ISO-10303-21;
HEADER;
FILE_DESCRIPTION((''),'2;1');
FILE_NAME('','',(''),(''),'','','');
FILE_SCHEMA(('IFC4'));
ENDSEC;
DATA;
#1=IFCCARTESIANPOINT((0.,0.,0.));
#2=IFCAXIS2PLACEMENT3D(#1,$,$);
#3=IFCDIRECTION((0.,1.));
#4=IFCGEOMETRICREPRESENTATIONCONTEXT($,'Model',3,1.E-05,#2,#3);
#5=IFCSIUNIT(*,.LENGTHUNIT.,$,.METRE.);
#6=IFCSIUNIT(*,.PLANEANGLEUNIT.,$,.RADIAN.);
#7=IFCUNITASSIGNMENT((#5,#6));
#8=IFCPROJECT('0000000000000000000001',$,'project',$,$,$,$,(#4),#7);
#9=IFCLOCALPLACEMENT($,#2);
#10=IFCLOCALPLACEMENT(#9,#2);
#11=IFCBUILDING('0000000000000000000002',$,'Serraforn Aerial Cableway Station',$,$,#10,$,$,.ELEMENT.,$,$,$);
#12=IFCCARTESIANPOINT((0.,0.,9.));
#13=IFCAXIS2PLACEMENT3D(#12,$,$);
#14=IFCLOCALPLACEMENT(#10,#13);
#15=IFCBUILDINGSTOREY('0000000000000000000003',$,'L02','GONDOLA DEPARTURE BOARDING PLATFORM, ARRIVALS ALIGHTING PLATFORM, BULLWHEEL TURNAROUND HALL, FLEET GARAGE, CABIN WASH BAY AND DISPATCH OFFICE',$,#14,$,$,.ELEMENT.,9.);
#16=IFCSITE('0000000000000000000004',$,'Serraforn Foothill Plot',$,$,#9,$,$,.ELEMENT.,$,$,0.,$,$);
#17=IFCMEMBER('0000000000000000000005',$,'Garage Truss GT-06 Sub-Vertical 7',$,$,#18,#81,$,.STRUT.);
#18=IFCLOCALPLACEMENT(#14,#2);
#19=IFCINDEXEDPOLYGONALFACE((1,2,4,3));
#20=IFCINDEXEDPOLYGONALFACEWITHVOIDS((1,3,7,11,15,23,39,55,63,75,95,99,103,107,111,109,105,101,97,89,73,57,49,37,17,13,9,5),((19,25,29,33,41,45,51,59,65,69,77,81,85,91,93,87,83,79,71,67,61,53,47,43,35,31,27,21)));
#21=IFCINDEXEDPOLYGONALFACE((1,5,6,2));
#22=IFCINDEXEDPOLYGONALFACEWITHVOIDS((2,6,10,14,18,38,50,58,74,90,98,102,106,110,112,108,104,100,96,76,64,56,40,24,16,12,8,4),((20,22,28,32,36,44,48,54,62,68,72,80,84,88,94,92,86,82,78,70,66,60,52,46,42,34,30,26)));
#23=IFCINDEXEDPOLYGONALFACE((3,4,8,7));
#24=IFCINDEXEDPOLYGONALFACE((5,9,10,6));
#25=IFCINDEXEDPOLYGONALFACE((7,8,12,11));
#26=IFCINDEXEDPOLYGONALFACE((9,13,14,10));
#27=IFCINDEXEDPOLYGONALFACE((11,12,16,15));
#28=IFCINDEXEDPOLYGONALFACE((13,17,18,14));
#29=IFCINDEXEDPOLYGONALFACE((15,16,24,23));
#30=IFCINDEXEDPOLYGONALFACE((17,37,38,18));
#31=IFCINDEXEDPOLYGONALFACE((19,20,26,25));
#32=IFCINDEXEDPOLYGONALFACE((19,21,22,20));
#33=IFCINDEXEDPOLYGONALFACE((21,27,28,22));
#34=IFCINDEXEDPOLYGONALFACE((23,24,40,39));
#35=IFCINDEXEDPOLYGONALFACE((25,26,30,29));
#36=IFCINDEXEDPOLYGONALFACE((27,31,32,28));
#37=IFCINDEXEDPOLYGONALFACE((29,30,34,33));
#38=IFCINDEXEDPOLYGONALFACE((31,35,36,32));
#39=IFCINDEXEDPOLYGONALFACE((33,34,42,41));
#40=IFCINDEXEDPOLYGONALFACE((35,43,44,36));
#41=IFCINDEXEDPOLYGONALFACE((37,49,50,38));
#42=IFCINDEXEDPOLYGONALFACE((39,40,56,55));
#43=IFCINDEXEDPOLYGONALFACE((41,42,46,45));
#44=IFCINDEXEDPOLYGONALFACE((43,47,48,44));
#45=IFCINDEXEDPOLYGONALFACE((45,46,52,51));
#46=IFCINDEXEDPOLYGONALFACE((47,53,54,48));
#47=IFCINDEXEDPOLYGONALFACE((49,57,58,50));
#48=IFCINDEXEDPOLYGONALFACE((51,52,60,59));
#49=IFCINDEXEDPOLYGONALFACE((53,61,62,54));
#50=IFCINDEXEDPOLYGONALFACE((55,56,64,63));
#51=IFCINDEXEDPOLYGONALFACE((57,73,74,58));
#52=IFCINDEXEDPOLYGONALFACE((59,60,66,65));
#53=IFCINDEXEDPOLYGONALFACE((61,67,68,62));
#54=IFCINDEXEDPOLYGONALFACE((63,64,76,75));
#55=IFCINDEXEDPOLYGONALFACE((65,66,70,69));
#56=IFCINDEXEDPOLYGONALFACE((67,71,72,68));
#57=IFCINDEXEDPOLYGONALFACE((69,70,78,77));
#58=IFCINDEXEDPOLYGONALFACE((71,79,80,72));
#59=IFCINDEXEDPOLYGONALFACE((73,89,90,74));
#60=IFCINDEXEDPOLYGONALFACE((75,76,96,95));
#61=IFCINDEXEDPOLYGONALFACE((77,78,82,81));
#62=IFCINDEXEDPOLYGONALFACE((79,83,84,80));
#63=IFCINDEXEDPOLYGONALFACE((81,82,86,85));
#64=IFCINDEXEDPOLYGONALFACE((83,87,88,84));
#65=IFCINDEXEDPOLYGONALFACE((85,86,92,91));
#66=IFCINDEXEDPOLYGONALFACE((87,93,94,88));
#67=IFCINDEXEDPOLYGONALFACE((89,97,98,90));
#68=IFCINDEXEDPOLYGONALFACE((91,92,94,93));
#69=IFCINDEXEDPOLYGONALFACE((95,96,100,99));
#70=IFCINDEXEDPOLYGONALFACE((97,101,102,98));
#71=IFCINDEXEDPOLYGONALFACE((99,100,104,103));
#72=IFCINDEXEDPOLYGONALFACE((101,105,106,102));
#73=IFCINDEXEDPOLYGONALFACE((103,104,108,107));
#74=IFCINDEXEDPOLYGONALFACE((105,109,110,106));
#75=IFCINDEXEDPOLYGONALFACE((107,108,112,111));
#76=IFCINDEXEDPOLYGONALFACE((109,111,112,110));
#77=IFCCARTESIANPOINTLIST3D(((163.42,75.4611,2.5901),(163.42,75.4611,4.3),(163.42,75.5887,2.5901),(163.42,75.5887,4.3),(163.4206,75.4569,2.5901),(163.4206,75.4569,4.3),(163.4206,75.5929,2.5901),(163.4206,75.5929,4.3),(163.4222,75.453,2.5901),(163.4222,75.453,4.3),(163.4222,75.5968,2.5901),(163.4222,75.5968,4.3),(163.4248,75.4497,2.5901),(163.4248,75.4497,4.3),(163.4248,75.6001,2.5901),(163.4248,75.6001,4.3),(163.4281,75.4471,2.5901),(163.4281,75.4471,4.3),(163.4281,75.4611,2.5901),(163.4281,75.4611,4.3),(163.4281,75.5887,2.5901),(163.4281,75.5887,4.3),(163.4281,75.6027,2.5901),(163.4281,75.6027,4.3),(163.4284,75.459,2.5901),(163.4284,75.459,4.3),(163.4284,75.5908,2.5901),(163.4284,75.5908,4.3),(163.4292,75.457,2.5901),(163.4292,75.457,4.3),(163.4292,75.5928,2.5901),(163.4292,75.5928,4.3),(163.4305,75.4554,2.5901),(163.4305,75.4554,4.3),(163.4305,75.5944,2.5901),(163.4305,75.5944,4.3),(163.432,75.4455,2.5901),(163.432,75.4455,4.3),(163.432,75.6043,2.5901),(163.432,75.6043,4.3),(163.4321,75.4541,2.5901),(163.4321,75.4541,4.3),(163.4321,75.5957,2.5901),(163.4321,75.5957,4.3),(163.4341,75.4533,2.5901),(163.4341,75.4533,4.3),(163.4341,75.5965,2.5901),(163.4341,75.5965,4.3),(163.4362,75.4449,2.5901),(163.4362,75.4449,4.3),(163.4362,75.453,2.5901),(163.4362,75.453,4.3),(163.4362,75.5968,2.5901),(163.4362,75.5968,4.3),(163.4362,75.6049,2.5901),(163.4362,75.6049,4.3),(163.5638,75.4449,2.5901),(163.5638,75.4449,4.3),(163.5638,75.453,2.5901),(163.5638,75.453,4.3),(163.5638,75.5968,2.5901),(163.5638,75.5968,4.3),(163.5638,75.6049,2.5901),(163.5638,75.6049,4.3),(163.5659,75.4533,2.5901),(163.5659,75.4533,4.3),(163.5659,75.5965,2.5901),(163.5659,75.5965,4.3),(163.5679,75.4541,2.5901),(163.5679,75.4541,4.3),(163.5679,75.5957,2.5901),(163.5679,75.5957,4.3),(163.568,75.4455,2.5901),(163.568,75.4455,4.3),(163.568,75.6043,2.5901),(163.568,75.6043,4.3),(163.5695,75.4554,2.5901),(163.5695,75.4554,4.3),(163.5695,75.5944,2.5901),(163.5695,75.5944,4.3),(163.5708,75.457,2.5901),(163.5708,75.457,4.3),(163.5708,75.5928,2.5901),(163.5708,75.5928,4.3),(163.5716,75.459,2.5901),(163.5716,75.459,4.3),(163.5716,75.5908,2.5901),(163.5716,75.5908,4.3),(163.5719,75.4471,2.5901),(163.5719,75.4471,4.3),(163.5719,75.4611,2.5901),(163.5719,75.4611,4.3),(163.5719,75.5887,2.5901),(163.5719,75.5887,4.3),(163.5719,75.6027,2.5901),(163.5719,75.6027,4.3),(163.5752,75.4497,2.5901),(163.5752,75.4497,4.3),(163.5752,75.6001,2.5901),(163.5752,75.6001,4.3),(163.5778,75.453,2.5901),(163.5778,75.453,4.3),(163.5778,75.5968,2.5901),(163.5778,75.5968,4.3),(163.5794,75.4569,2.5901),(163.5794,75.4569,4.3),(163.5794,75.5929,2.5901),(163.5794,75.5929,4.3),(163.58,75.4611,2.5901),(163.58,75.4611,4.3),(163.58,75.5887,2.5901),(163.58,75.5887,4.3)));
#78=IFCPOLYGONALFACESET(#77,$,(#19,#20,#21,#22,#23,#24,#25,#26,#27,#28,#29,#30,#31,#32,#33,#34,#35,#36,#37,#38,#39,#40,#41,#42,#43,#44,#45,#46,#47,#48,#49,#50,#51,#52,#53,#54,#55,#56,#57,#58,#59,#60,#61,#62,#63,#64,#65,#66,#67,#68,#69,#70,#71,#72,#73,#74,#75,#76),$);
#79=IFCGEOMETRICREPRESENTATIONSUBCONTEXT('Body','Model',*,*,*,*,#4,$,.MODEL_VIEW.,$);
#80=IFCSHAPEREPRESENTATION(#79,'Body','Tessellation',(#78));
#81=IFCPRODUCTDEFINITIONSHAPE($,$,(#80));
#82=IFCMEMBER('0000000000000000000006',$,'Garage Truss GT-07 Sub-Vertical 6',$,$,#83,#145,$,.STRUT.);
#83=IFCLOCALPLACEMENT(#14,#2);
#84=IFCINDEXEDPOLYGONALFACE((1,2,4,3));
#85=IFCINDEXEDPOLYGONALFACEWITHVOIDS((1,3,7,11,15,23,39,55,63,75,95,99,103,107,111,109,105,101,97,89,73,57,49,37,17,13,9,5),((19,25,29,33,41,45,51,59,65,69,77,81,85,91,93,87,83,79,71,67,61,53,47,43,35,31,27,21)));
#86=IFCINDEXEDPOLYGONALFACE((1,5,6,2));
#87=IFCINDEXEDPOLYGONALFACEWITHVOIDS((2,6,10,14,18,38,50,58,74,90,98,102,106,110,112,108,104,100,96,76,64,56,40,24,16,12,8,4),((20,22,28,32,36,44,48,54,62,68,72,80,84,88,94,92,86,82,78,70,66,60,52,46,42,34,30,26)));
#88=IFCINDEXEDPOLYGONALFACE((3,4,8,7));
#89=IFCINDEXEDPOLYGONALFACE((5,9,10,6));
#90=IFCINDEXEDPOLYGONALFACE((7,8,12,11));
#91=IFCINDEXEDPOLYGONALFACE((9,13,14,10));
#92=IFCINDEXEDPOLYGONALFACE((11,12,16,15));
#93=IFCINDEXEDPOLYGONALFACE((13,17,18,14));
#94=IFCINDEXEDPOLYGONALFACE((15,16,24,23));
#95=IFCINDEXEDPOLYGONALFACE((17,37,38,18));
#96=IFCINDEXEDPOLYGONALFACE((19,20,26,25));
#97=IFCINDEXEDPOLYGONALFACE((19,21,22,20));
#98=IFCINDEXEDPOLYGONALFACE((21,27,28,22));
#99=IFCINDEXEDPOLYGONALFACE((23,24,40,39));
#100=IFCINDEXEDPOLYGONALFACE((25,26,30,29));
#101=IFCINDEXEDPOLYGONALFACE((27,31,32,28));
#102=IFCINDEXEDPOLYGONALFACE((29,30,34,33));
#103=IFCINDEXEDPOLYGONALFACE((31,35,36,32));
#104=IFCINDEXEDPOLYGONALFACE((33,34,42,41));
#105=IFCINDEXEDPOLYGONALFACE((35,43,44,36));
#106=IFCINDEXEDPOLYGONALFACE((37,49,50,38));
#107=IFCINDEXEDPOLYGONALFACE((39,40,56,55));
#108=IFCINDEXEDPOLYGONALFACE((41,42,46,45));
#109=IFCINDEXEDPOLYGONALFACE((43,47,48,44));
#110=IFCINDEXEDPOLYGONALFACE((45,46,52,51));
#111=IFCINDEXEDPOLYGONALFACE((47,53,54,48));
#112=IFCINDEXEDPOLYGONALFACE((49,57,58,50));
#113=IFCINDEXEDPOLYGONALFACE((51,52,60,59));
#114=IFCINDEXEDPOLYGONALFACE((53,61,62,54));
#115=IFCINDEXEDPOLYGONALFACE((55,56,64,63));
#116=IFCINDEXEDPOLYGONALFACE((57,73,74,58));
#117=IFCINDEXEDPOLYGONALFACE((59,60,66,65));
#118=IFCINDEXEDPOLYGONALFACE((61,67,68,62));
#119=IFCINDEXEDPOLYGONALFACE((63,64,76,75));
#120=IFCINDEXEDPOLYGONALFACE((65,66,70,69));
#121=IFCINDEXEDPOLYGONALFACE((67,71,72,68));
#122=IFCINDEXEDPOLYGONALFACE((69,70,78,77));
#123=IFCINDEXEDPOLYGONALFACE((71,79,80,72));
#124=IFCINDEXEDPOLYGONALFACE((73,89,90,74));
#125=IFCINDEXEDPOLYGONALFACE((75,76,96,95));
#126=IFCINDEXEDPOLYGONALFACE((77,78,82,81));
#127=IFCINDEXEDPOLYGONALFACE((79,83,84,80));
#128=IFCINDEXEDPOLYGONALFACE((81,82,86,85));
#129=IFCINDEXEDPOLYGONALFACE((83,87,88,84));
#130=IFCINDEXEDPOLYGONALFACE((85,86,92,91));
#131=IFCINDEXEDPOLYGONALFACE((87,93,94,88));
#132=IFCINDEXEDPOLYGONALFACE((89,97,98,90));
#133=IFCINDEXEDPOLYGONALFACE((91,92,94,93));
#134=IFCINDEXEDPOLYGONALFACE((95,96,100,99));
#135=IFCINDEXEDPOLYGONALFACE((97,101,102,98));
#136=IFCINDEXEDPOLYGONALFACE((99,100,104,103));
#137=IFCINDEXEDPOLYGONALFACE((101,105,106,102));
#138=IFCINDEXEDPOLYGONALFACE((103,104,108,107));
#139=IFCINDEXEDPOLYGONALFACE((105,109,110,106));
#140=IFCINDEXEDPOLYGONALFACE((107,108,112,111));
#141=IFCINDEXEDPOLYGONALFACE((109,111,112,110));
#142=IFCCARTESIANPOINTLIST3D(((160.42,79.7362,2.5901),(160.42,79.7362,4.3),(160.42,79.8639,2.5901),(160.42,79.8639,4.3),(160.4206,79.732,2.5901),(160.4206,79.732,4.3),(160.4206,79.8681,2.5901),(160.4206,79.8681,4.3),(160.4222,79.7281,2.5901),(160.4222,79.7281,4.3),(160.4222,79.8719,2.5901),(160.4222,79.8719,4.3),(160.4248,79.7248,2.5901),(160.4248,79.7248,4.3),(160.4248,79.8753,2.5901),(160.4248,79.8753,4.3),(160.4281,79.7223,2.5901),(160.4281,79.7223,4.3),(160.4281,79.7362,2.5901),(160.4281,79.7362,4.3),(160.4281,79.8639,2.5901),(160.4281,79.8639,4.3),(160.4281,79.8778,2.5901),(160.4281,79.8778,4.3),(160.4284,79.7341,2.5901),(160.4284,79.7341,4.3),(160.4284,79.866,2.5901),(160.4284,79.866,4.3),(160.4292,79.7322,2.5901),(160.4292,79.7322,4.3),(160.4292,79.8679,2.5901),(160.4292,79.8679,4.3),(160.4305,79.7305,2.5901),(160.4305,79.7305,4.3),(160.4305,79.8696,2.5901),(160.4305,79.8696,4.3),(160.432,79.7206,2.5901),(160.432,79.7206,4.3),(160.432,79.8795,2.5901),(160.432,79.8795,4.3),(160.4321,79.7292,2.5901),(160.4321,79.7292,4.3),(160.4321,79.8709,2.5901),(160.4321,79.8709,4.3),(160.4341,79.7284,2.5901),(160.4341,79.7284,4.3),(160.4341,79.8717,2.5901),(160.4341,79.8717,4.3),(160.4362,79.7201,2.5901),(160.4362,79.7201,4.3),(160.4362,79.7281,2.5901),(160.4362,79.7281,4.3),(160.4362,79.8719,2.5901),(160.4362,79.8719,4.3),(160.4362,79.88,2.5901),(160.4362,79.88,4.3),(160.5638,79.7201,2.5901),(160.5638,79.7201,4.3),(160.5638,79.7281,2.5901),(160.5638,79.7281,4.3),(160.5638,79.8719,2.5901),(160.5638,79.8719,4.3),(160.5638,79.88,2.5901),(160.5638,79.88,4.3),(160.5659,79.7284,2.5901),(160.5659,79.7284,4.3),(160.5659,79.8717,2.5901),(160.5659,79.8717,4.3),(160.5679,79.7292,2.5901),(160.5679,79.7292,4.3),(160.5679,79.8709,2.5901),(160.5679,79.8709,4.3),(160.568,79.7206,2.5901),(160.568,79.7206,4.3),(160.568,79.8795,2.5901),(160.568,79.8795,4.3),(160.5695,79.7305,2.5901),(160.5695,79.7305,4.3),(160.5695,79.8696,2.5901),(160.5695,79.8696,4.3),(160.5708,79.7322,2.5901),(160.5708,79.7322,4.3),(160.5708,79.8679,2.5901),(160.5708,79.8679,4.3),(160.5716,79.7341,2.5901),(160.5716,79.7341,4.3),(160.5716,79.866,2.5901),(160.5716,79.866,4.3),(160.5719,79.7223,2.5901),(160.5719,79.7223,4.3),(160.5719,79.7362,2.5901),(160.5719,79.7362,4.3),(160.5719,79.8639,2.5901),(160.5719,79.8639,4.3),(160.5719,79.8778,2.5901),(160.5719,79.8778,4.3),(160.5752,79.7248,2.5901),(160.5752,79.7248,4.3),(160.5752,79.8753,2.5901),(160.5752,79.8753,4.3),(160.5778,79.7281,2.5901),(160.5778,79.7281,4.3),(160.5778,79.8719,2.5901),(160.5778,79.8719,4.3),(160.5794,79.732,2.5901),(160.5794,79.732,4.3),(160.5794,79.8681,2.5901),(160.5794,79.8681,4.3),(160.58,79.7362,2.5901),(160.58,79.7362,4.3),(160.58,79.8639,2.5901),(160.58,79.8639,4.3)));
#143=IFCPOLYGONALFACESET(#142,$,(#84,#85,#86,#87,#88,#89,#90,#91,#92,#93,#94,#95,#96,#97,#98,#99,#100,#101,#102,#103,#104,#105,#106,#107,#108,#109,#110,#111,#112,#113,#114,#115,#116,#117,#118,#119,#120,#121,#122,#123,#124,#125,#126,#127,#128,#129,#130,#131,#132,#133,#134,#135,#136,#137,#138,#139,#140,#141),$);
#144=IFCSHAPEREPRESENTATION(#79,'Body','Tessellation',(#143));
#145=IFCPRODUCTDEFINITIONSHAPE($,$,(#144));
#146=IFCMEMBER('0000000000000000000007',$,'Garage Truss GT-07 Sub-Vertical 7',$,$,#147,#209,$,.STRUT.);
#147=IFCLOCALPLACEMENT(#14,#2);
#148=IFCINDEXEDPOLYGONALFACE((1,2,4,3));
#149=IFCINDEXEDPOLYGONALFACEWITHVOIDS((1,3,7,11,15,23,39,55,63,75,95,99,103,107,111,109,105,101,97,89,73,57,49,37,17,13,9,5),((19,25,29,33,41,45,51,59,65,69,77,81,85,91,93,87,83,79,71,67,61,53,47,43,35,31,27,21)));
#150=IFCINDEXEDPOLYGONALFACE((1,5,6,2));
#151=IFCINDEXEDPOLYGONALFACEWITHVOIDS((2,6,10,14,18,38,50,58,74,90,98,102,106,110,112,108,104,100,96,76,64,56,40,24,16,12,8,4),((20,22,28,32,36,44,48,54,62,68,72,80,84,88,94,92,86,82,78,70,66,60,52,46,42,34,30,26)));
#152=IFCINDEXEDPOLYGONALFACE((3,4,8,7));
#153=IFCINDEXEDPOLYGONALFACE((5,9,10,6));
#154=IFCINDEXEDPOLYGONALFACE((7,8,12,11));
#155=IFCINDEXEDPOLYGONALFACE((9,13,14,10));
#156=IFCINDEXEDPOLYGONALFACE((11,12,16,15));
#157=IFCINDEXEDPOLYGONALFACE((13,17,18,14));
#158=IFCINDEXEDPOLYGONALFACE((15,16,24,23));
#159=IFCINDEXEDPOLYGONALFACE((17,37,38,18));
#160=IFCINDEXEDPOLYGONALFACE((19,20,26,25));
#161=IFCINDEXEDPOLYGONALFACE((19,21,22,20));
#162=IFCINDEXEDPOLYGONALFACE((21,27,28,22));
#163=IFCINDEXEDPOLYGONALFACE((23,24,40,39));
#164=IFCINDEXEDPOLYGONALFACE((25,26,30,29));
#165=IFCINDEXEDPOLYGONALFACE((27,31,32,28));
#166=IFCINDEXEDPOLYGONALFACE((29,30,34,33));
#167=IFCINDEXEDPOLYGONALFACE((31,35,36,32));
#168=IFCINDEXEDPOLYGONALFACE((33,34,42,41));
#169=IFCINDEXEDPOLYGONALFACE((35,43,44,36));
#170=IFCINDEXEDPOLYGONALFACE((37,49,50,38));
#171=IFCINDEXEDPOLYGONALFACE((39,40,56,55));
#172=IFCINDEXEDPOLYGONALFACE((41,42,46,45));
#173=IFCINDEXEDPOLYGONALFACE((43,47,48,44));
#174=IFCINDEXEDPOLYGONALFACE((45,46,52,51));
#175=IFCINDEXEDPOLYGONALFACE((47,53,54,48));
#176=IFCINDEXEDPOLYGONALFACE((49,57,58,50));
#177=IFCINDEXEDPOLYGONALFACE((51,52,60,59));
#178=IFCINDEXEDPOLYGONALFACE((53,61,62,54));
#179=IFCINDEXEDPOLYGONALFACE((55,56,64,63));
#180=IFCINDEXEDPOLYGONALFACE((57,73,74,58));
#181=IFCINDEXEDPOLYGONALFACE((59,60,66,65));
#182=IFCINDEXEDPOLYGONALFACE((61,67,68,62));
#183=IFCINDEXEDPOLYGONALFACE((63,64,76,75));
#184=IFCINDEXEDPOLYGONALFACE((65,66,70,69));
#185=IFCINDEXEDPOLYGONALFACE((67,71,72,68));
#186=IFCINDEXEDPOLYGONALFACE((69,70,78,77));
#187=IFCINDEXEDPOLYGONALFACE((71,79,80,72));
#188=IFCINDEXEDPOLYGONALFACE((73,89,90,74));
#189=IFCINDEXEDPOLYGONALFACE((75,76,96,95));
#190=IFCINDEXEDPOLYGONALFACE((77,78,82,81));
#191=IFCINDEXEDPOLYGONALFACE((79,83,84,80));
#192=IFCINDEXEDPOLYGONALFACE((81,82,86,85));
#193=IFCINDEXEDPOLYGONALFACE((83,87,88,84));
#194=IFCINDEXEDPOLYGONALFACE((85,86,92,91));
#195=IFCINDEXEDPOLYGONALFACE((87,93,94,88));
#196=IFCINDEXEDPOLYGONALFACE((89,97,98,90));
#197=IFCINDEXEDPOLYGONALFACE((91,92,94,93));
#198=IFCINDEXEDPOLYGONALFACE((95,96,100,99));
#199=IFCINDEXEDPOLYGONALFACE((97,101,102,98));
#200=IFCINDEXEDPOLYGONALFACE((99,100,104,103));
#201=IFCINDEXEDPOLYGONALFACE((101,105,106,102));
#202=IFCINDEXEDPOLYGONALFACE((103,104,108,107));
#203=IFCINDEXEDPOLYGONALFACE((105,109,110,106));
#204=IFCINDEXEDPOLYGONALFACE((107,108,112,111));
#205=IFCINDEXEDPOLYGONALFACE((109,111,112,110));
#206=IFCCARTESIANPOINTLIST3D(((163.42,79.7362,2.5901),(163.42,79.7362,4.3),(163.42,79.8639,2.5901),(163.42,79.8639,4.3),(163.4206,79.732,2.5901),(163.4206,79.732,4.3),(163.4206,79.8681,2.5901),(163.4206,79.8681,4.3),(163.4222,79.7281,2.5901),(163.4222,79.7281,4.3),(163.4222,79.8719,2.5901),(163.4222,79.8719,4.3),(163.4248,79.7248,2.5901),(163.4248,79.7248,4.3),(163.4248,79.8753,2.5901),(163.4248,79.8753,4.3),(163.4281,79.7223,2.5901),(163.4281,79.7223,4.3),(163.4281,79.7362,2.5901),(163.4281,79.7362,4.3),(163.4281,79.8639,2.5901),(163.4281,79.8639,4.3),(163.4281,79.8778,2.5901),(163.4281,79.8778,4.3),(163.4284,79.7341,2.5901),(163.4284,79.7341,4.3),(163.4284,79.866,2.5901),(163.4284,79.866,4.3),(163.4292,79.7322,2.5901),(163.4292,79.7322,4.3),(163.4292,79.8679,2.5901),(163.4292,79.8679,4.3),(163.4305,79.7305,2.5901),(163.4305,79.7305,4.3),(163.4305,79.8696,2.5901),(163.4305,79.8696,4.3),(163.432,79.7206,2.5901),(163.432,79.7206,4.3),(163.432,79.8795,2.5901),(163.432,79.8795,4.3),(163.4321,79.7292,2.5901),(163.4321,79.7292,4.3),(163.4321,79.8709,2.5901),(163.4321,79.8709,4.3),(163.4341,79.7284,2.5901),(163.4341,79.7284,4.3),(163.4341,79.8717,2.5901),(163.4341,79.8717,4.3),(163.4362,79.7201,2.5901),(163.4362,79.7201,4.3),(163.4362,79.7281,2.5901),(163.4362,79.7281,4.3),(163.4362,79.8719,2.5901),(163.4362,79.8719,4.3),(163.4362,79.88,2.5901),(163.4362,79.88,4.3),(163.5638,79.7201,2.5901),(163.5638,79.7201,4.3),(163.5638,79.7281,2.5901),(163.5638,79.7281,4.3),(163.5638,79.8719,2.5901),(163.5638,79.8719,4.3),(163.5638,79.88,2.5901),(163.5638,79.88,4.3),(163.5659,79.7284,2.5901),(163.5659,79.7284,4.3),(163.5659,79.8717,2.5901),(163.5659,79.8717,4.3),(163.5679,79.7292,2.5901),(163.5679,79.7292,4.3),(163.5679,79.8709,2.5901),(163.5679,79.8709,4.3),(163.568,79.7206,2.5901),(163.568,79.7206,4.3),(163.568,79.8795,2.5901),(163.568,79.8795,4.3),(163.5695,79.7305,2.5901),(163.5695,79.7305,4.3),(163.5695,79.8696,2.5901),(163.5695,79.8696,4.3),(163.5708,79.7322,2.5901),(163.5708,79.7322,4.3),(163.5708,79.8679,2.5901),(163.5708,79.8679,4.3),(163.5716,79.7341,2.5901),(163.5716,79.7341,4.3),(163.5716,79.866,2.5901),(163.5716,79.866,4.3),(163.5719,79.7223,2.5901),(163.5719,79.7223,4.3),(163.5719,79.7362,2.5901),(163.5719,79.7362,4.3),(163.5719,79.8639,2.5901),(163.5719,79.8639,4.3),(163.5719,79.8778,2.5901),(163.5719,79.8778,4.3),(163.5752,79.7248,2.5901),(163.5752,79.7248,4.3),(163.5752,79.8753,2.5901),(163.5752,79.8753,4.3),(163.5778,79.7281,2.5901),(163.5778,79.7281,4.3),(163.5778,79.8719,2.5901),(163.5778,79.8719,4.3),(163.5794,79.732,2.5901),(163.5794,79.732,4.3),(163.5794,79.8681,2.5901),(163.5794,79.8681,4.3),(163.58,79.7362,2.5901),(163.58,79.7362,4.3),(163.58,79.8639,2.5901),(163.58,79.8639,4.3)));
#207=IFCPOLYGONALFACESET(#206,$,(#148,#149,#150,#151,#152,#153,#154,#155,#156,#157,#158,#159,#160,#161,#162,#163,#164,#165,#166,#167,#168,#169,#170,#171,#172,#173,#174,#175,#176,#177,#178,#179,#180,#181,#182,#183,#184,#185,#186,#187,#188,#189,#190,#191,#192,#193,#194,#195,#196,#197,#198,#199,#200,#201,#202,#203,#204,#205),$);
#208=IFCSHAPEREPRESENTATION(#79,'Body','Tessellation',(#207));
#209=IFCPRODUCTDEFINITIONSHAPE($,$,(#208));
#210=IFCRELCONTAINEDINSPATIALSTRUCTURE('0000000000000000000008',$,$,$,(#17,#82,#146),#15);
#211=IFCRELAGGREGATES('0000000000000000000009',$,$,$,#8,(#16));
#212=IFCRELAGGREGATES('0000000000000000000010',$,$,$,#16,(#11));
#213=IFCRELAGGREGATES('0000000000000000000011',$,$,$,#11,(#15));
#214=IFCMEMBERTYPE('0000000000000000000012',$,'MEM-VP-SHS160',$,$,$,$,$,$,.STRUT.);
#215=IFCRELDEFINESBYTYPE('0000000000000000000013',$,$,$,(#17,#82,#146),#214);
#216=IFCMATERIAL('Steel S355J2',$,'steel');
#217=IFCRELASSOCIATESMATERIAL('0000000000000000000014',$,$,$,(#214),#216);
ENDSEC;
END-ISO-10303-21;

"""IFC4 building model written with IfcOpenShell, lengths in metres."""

from ifc_helpers import new_model, si_unit, direction, frame, origin, origin_2d, place, context, subcontext, project, spatial, hollow_rectangle, extrude, material, material_profile, profile_set, type_object, element, save


model = new_model("IFC4")

# Units and contexts
model_context = context("Model", 3, precision=1e-05, world=origin(), true_north=direction((0.0, 1.0)))
body_context = subcontext(model_context, "Body", "Model", "MODEL_VIEW")
ifc_project = project(units=[si_unit("LENGTHUNIT", "METRE"), si_unit("PLANEANGLEUNIT", "RADIAN")], contexts=[model_context])

# Site, building, storey
site_placement = place(None, origin())
site = spatial("IfcSite", under=ifc_project, at=site_placement, Name="Serraforn Foothill Plot", CompositionType="ELEMENT", RefElevation=0.0)
building_placement = place(site_placement, origin())
building = spatial("IfcBuilding", under=site, at=building_placement, Name="Serraforn Aerial Cableway Station", CompositionType="ELEMENT")
storey_placement = place(building_placement, frame((0.0, 0.0, 9.0)))
storey = spatial("IfcBuildingStorey", under=building, at=storey_placement, Name="L02", Description="GONDOLA DEPARTURE BOARDING PLATFORM, ARRIVALS ALIGHTING PLATFORM, BULLWHEEL TURNAROUND HALL, FLEET GARAGE, CABIN WASH BAY AND DISPATCH OFFICE", CompositionType="ELEMENT", Elevation=9.0)

# Members
ifc_material_1 = material(Name="Steel S355J2", Category="steel")
ifc_material_profile_1 = material_profile(ifc_material_1, hollow_rectangle(XDim=0.1599, YDim=0.1599, WallThickness=0.0081, InnerFilletRadius=0.0081, OuterFilletRadius=0.0161, at=origin_2d()), Name="SHS 160x160x8.0")
ifc_profile_set_1 = profile_set([ifc_material_profile_1], Name="Steel S355J2")
member_type_1 = type_object("IfcMemberType", Name="MEM-VP-SHS160", PredefinedType="STRUT", material=ifc_profile_set_1)
for number, where, z_axis, x_axis, name in (
    (1, (163.5, 75.5249, 2.5901), (0.0, 0.0, 1.0), (1.0, 0.0, 0.0), "Garage Truss GT-06 Sub-Vertical 7"),
    (2, (160.5, 79.8, 2.5901), (0.0, 0.0, 1.0), (1.0, 0.0, 0.0), "Garage Truss GT-07 Sub-Vertical 6"),
    (3, (163.5, 79.8, 2.5901), (0.0, 0.0, 1.0), (1.0, 0.0, 0.0), "Garage Truss GT-07 Sub-Vertical 7"),
):
    element("IfcMember", number, at=place(storey_placement, frame(where, z_axis=z_axis, x_axis=x_axis)), inside=storey, type_object=member_type_1, Name=name, PredefinedType="STRUT", context=body_context, shape_type="SweptSolid", body=[
        extrude(hollow_rectangle(XDim=0.1599, YDim=0.1599, WallThickness=0.0081, InnerFilletRadius=0.0081, OuterFilletRadius=0.0161, at=origin_2d()), origin(), (0.0, 0.0, 1.0), 1.71),
    ])

save(model, "model.ifc")
